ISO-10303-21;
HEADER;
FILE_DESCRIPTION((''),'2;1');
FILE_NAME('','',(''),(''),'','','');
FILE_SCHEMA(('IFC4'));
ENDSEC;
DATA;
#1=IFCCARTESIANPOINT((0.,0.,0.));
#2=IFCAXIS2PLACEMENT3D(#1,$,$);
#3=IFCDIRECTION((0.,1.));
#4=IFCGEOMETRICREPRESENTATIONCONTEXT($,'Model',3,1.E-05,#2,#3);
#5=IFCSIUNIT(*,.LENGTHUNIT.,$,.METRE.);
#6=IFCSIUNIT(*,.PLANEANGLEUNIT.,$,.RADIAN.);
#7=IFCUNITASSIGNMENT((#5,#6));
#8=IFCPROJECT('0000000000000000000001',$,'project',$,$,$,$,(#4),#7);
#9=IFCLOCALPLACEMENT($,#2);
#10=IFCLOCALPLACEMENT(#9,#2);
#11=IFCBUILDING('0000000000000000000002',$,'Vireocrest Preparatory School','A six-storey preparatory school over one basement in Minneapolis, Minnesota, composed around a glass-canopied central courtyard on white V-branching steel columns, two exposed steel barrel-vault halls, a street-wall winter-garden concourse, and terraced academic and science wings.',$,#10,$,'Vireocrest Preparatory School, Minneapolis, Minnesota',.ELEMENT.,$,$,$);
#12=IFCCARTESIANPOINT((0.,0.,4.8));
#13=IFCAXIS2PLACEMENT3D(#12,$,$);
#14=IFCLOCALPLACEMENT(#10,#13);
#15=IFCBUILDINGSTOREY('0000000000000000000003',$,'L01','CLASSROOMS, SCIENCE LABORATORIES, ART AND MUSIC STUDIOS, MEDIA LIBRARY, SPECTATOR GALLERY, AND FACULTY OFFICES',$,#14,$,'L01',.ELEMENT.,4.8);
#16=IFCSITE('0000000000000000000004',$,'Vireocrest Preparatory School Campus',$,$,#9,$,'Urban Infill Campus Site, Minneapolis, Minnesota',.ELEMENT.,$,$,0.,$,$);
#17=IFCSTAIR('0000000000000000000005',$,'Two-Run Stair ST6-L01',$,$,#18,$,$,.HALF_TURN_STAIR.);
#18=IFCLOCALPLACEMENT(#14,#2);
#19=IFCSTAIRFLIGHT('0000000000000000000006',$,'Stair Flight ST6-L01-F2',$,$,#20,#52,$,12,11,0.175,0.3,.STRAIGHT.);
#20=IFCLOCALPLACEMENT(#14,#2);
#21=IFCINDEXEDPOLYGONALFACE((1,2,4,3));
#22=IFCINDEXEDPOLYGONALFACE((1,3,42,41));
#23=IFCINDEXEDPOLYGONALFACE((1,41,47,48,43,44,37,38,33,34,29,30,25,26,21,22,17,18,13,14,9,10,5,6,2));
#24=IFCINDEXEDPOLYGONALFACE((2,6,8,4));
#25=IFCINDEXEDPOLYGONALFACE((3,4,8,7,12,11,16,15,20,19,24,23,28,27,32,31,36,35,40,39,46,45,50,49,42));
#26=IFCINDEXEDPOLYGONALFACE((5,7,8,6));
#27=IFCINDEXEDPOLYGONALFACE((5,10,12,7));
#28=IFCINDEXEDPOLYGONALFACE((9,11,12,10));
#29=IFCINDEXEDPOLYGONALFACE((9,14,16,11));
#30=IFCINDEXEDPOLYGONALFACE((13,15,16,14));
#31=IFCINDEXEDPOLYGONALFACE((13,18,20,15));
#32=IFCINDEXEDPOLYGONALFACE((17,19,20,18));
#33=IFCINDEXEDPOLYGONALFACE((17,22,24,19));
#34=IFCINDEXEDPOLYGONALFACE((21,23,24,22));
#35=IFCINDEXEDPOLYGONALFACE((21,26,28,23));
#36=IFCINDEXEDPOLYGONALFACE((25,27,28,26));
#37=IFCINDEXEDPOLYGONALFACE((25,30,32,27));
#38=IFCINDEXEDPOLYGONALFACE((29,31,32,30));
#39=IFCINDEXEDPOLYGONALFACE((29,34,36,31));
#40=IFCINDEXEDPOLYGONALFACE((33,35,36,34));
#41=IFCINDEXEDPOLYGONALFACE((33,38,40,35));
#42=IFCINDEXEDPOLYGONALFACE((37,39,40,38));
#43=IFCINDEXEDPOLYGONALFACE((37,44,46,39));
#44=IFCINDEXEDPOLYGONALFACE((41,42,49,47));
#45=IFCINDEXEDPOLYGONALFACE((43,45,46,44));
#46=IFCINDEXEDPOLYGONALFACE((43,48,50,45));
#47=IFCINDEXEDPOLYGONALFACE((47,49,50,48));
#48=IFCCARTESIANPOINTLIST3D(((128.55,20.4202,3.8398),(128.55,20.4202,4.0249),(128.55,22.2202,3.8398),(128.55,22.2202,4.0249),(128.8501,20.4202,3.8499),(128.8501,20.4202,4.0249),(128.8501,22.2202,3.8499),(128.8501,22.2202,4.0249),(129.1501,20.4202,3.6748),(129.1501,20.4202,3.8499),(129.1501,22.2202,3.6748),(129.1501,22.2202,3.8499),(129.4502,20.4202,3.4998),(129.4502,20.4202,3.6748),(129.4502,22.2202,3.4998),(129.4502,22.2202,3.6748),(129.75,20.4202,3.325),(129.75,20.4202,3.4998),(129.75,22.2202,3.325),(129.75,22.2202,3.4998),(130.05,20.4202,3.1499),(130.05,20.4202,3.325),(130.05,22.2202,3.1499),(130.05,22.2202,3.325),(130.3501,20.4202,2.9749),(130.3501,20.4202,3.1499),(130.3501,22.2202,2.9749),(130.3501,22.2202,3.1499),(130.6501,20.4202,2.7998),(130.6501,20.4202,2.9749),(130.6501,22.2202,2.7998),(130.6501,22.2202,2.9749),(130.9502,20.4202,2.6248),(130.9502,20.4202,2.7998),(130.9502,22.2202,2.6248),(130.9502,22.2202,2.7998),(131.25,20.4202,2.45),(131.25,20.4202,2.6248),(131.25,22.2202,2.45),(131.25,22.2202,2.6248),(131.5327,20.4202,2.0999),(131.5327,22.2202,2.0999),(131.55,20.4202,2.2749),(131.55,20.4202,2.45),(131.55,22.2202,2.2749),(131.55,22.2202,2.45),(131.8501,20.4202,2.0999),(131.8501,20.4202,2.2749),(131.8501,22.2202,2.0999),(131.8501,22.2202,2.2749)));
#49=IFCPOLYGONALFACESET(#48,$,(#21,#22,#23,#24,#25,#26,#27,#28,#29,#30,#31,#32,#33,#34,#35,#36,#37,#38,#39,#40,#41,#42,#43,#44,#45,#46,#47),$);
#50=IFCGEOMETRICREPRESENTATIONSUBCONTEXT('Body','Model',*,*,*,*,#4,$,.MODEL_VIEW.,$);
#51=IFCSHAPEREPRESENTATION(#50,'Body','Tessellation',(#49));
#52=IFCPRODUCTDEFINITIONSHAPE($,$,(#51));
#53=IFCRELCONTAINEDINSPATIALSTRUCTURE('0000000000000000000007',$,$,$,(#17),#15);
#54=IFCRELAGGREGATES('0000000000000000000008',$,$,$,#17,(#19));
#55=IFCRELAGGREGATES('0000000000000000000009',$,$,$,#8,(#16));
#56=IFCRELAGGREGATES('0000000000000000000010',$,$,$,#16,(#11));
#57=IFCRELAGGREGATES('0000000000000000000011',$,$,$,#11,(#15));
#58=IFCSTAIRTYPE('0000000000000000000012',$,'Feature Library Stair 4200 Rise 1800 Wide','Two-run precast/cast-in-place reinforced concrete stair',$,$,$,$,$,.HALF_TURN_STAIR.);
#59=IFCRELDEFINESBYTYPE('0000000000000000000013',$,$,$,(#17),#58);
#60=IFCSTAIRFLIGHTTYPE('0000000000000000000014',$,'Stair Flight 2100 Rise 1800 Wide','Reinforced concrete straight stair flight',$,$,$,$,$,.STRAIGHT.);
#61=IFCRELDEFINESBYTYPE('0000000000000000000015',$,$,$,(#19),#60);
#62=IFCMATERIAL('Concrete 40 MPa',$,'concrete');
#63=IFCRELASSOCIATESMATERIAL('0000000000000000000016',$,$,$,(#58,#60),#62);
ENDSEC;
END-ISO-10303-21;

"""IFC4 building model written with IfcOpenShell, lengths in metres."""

from ifc_helpers import new_model, si_unit, direction, frame, origin, place, context, subcontext, project, spatial, polyline, outline, extrude, material, type_object, element, aggregate, save


model = new_model("IFC4")

# Units and contexts
model_context = context("Model", 3, precision=1e-05, world=origin(), true_north=direction((0.0, 1.0)))
body_context = subcontext(model_context, "Body", "Model", "MODEL_VIEW")
ifc_project = project(units=[si_unit("LENGTHUNIT", "METRE"), si_unit("PLANEANGLEUNIT", "RADIAN")], contexts=[model_context])

# Site, building, storey
site_placement = place(None, origin())
site = spatial("IfcSite", under=ifc_project, at=site_placement, Name="Vireocrest Preparatory School Campus", LongName="Urban Infill Campus Site, Minneapolis, Minnesota", CompositionType="ELEMENT", RefElevation=0.0)
building_placement = place(site_placement, origin())
building = spatial("IfcBuilding", under=site, at=building_placement, Name="Vireocrest Preparatory School", Description="A six-storey preparatory school over one basement in Minneapolis, Minnesota, composed around a glass-canopied central courtyard on white V-branching steel columns, two exposed steel barrel-vault halls, a street-wall winter-garden concourse, and terraced academic and science wings.", LongName="Vireocrest Preparatory School, Minneapolis, Minnesota", CompositionType="ELEMENT")
storey_placement = place(building_placement, frame((0.0, 0.0, 4.8)))
storey = spatial("IfcBuildingStorey", under=building, at=storey_placement, Name="L01", Description="CLASSROOMS, SCIENCE LABORATORIES, ART AND MUSIC STUDIOS, MEDIA LIBRARY, SPECTATOR GALLERY, AND FACULTY OFFICES", LongName="L01", CompositionType="ELEMENT", Elevation=4.8)

# Shared definitions
ifc_material_1 = material(Name="Concrete 40 MPa", Category="concrete")

# Stair, stair flight
stair_type = type_object("IfcStairType", Name="Feature Library Stair 4200 Rise 1800 Wide", Description="Two-run precast/cast-in-place reinforced concrete stair", PredefinedType="HALF_TURN_STAIR", material=ifc_material_1)
stair_placement = place(storey_placement, origin())
stair = element("IfcStair", 1, at=stair_placement, inside=storey, type_object=stair_type, Name="Two-Run Stair ST6-L01", PredefinedType="HALF_TURN_STAIR")
stair_flight_type = type_object("IfcStairFlightType", Name="Stair Flight 2100 Rise 1800 Wide", Description="Reinforced concrete straight stair flight", PredefinedType="STRAIGHT", material=ifc_material_1)
stair_flight_1_placement = place(storey_placement, frame((131.8501, 21.3201, 2.0999), z_axis=(0.0, 0.0, 1.0), x_axis=(-1.0, 0.0, 0.0)))
stair_flight_1 = element("IfcStairFlight", 2, at=stair_flight_1_placement, type_object=stair_flight_type, Name="Stair Flight ST6-L01-F2", NumberOfRisers=12, NumberOfTreads=11, PredefinedType="STRAIGHT", RiserHeight=0.175, TreadLength=0.3, context=body_context, shape_type="SweptSolid", body=[
    extrude(outline(polyline([(0.0, 0.0), (0.0, 0.175), (0.3, 0.175), (0.3, 0.3501), (0.6001, 0.3501), (0.6001, 0.5249), (0.8999, 0.5249), (0.8999, 0.7), (1.2, 0.7), (1.2, 0.875), (1.5, 0.875), (1.5, 1.05), (1.8, 1.05), (1.8, 1.2251), (2.1001, 1.2251), (2.1001, 1.3999), (2.3999, 1.3999), (2.3999, 1.575), (2.7, 1.575), (2.7, 1.75), (3.0, 1.75), (3.0, 1.925), (3.3, 1.925), (3.3, 2.1001), (3.3, 1.74), (0.3174, 0.0), (0.0, 0.0)])), frame((0.0, 0.8999, 0.0), z_axis=(0.0, -1.0, 0.0), x_axis=(1.0, 0.0, 0.0)), (0.0, 0.0, 1.0), 1.8),
])
aggregate(stair, [stair_flight_1])

save(model, "model.ifc")
